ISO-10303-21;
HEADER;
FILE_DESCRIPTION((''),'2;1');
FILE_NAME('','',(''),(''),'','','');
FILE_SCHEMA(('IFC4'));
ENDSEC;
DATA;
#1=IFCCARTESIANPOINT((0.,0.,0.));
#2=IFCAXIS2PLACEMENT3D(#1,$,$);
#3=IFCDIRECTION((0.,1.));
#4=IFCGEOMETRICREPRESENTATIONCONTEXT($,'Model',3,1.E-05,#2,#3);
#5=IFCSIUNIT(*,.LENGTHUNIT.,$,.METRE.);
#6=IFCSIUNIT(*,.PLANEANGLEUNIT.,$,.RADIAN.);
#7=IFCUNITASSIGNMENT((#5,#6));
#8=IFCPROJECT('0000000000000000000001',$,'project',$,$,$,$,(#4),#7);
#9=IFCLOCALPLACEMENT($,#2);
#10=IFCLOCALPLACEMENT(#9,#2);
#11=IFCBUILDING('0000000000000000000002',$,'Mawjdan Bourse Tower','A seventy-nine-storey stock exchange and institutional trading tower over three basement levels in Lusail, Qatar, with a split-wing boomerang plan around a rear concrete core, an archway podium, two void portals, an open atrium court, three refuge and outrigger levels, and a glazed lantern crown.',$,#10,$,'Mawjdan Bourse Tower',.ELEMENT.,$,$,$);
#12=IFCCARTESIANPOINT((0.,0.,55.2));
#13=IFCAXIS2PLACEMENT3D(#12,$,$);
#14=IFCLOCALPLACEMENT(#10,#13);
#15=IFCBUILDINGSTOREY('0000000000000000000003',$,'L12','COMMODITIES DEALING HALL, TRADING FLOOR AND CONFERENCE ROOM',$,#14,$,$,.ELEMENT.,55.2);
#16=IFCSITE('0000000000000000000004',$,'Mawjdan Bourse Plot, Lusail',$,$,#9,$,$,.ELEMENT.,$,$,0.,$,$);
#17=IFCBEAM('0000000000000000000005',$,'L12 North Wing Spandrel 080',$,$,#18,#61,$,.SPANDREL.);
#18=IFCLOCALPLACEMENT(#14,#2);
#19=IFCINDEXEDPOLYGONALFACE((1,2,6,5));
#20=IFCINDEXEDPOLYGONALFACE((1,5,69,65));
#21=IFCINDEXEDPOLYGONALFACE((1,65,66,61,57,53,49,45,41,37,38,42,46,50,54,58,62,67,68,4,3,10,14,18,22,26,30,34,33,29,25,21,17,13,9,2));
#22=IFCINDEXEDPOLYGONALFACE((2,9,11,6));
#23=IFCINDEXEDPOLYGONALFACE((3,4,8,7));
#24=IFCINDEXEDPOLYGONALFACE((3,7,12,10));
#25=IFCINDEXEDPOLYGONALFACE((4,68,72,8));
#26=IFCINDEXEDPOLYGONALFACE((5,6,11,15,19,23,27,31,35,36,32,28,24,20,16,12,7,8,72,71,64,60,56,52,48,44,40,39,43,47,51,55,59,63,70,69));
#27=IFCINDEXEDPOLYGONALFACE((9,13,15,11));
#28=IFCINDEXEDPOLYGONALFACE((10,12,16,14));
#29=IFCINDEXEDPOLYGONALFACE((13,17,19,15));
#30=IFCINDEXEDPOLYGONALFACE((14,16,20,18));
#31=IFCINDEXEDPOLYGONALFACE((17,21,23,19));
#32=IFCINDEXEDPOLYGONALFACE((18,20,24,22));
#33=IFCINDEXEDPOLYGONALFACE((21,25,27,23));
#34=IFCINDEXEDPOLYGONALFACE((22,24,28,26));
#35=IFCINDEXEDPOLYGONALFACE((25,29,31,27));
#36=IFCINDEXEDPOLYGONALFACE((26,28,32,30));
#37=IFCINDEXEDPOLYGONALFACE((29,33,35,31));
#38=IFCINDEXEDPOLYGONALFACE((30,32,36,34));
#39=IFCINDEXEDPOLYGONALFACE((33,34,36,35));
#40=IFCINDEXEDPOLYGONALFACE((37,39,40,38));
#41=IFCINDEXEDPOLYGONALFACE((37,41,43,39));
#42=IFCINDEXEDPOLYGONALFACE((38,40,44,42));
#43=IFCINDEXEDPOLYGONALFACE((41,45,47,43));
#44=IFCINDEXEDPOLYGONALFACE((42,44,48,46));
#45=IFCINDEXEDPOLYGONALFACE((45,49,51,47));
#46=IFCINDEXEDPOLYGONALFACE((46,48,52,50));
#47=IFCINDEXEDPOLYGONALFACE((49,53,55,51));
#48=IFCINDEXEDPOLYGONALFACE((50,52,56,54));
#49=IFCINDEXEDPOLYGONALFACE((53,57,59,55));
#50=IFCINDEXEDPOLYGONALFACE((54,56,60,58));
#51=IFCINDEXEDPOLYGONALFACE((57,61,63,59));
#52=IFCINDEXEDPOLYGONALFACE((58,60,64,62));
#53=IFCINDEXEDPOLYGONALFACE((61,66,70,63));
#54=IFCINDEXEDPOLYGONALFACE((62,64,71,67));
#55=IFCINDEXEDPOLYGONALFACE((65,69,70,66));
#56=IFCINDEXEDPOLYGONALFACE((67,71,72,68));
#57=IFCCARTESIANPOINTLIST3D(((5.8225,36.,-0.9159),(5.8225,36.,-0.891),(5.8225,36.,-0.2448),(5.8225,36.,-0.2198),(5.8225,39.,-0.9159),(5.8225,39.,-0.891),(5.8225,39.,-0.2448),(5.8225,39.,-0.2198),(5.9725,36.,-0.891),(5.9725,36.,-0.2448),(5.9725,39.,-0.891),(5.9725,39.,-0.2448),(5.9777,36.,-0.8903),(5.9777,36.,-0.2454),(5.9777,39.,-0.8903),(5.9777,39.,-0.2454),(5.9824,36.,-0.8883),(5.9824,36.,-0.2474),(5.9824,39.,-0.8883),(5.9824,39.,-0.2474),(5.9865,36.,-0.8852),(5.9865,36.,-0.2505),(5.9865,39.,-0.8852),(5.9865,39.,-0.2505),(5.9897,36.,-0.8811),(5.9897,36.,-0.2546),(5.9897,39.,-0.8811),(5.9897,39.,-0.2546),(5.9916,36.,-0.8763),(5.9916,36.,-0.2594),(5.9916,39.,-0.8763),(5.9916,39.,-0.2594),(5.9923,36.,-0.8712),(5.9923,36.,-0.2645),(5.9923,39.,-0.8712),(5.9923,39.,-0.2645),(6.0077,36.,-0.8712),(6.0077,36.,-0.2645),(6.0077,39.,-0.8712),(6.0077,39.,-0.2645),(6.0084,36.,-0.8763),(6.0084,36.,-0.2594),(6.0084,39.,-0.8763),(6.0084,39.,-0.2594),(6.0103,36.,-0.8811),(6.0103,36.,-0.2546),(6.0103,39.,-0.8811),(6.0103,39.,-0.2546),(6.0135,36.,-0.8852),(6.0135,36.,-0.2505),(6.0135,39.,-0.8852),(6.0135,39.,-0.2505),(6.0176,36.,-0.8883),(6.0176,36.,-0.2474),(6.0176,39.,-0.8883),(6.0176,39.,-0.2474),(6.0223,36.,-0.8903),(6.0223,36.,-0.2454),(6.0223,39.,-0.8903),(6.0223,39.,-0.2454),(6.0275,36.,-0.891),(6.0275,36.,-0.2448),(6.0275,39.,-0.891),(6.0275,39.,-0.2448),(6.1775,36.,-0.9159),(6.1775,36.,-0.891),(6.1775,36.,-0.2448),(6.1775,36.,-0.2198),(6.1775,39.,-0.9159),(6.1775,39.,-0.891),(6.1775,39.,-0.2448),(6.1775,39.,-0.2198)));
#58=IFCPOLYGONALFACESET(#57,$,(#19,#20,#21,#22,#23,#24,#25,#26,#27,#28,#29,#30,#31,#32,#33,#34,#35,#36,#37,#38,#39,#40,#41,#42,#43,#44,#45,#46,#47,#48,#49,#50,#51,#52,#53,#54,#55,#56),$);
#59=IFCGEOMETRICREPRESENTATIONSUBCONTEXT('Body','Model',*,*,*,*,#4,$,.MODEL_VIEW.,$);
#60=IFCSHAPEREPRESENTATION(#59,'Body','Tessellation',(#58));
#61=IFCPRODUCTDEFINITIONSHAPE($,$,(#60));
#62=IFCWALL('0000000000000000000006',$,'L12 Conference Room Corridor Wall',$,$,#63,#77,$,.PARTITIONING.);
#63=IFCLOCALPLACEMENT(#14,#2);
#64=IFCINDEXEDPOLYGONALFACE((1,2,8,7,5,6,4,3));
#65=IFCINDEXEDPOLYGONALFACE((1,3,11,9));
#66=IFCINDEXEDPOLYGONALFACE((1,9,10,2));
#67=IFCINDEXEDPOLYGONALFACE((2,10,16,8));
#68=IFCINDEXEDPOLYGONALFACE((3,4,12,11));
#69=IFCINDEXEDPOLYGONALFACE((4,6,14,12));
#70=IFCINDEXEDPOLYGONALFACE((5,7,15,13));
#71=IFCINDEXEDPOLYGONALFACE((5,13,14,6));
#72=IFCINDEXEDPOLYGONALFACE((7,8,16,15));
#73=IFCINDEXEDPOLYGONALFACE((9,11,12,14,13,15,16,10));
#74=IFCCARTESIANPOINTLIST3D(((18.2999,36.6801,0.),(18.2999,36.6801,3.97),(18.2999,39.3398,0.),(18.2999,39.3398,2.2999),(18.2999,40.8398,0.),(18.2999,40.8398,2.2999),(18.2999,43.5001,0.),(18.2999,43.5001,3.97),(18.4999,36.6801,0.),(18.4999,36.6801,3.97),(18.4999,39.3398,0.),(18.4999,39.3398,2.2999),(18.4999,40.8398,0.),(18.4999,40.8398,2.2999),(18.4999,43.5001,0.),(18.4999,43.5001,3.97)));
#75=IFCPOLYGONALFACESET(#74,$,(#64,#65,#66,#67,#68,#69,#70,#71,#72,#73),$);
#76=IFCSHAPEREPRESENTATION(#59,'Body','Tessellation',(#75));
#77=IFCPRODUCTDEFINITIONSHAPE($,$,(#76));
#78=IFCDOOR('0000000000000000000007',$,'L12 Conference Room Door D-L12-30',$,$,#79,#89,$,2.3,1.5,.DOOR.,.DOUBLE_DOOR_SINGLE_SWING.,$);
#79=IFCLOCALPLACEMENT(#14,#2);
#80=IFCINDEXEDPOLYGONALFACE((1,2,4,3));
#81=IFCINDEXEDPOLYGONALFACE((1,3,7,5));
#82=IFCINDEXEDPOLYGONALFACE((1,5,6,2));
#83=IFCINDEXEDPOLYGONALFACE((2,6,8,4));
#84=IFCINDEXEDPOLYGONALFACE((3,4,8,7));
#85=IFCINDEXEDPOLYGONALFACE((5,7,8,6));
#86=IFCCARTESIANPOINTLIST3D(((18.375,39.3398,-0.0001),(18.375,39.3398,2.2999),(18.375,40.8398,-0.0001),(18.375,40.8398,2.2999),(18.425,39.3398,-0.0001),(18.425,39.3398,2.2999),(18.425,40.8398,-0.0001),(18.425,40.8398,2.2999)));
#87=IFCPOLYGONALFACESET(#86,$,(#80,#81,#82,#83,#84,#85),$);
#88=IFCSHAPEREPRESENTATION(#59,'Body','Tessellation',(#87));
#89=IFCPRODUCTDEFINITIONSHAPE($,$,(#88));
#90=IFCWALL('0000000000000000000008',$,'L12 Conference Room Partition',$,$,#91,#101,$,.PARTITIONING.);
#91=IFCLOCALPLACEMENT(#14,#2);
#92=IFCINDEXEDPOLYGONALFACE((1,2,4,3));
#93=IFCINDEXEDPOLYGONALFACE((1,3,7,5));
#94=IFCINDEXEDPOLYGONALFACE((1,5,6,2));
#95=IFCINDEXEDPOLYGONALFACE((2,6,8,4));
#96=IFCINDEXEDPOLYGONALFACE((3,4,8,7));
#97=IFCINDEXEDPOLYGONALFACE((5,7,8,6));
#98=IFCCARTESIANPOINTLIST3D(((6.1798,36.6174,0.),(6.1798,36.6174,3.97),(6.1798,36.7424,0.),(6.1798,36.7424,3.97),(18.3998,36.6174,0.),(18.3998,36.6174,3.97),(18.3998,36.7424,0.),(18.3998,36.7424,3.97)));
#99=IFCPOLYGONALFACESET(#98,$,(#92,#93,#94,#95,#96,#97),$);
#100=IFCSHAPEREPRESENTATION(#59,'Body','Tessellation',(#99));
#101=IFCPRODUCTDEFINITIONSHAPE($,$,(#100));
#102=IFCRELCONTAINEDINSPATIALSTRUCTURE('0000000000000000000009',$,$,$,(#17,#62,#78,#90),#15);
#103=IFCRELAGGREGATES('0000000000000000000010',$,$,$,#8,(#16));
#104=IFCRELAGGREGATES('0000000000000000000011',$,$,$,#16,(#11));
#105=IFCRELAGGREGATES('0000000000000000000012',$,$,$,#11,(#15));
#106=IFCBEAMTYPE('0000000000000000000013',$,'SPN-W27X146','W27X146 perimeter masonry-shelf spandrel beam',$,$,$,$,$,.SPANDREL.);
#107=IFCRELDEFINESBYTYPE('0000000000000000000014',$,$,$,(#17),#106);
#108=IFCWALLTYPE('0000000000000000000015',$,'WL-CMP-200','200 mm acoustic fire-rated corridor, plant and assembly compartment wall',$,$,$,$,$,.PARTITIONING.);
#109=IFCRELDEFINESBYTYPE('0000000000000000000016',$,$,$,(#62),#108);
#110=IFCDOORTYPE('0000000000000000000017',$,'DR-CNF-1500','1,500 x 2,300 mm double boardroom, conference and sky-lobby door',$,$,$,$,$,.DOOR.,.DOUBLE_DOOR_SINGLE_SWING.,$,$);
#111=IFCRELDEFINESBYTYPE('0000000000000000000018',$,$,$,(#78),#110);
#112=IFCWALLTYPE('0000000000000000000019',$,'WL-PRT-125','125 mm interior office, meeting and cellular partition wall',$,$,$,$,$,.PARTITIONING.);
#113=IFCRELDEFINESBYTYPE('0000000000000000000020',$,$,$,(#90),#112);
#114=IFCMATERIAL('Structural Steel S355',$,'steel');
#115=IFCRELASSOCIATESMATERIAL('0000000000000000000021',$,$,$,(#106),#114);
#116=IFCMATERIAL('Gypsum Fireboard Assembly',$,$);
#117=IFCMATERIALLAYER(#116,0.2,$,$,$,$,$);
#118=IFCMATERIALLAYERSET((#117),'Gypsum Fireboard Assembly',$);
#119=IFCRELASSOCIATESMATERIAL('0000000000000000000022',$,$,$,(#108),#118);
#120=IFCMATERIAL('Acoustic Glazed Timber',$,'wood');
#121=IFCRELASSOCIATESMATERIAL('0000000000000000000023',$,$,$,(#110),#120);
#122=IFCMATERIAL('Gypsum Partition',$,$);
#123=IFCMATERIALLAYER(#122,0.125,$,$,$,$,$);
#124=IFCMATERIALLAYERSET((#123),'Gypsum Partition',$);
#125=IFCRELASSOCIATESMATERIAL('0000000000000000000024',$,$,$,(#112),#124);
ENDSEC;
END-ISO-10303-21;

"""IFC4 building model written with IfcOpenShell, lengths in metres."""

from ifc_helpers import new_model, si_unit, direction, frame, frame_2d, origin, origin_2d, place, context, subcontext, project, spatial, rectangle, i_section, extrude, material, layer, layer_set, material_profile, profile_set, type_object, element, fill, save


model = new_model("IFC4")

# Units and contexts
model_context = context("Model", 3, precision=1e-05, world=origin(), true_north=direction((0.0, 1.0)))
body_context = subcontext(model_context, "Body", "Model", "MODEL_VIEW")
ifc_project = project(units=[si_unit("LENGTHUNIT", "METRE"), si_unit("PLANEANGLEUNIT", "RADIAN")], contexts=[model_context])

# Site, building, storey
site_placement = place(None, origin())
site = spatial("IfcSite", under=ifc_project, at=site_placement, Name="Mawjdan Bourse Plot, Lusail", CompositionType="ELEMENT", RefElevation=0.0)
building_placement = place(site_placement, origin())
building = spatial("IfcBuilding", under=site, at=building_placement, Name="Mawjdan Bourse Tower", Description="A seventy-nine-storey stock exchange and institutional trading tower over three basement levels in Lusail, Qatar, with a split-wing boomerang plan around a rear concrete core, an archway podium, two void portals, an open atrium court, three refuge and outrigger levels, and a glazed lantern crown.", LongName="Mawjdan Bourse Tower", CompositionType="ELEMENT")
storey_placement = place(building_placement, frame((0.0, 0.0, 55.2)))
storey = spatial("IfcBuildingStorey", under=building, at=storey_placement, Name="L12", Description="COMMODITIES DEALING HALL, TRADING FLOOR AND CONFERENCE ROOM", CompositionType="ELEMENT", Elevation=55.2)

# Beam
ifc_material_1 = material(Name="Structural Steel S355", Category="steel")
ifc_material_profile_1 = material_profile(ifc_material_1, i_section(OverallWidth=0.355, OverallDepth=0.696, WebThickness=0.0154, FlangeThickness=0.0249, FilletRadius=0.0198, at=origin_2d()), Name="W27X146")
ifc_profile_set_1 = profile_set([ifc_material_profile_1], Name="Structural Steel S355")
beam_type_1 = type_object("IfcBeamType", Name="SPN-W27X146", Description="W27X146 perimeter masonry-shelf spandrel beam", PredefinedType="SPANDREL", material=ifc_profile_set_1)
beam_1_placement = place(storey_placement, frame((6.0, 36.0, -0.5679), z_axis=(0.0, 1.0, 0.0), x_axis=(-1.0, 0.0, 0.0)))
element("IfcBeam", 1, at=beam_1_placement, inside=storey, type_object=beam_type_1, Name="L12 North Wing Spandrel 080", PredefinedType="SPANDREL", context=body_context, shape_type="SweptSolid", body=[
    extrude(i_section(OverallWidth=0.355, OverallDepth=0.696, WebThickness=0.0154, FlangeThickness=0.0249, FilletRadius=0.0198, at=origin_2d()), origin(), (0.0, 0.0, 1.0), 3.0),
])

# Wall, opening, door
ifc_material_2 = material(Name="Gypsum Fireboard Assembly")
ifc_layer_1 = layer(ifc_material_2, 0.2)
ifc_layer_set_1 = layer_set([ifc_layer_1], Name="Gypsum Fireboard Assembly")
wall_type_1 = type_object("IfcWallType", Name="WL-CMP-200", Description="200 mm acoustic fire-rated corridor, plant and assembly compartment wall", PredefinedType="PARTITIONING", material=ifc_layer_set_1)
wall_1_placement = place(storey_placement, frame((18.3999, 36.6799, 0.0), z_axis=(0.0, 0.0, 1.0), x_axis=(0.0, 1.0, 0.0)))
wall_1 = element("IfcWall", 2, at=wall_1_placement, inside=storey, type_object=wall_type_1, Name="L12 Conference Room Corridor Wall", PredefinedType="PARTITIONING", context=body_context, shape_type="SweptSolid", body=[
    extrude(rectangle(XDim=6.8201, YDim=0.2, at=frame_2d((3.4102, 0.0))), origin(), (0.0, 0.0, 1.0), 3.97),
])
opening_placement = place(wall_1_placement, frame((2.6599, 0.0, 0.0)))
opening = element("IfcOpeningElement", 3, at=opening_placement, cuts=wall_1, PredefinedType="OPENING", context=body_context, shape_type="SweptSolid", body=[
    extrude(rectangle(XDim=1.5, YDim=2.3, at=frame_2d((0.75, 1.1499))), frame((0.0, 0.1099, 0.0), z_axis=(0.0, -1.0, 0.0), x_axis=(1.0, 0.0, 0.0)), (0.0, 0.0, 1.0), 0.22),
])
ifc_material_3 = material(Name="Acoustic Glazed Timber", Category="wood")
door_type = type_object("IfcDoorType", Name="DR-CNF-1500", Description="1,500 x 2,300 mm double boardroom, conference and sky-lobby door", OperationType="DOUBLE_DOOR_SINGLE_SWING", PredefinedType="DOOR", material=ifc_material_3)
door_placement = place(opening_placement, origin())
door = element("IfcDoor", 4, at=door_placement, inside=storey, type_object=door_type, Name="L12 Conference Room Door D-L12-30", OperationType="DOUBLE_DOOR_SINGLE_SWING", OverallHeight=2.3, OverallWidth=1.5, PredefinedType="DOOR", context=body_context, shape_type="SweptSolid", body=[
    extrude(rectangle(XDim=1.5, YDim=2.3, at=frame_2d((0.75, 1.1499))), frame((0.0, 0.0249, 0.0), z_axis=(0.0, -1.0, 0.0), x_axis=(1.0, 0.0, 0.0)), (0.0, 0.0, 1.0), 0.05),
])
fill(opening, door)

# Wall
ifc_material_4 = material(Name="Gypsum Partition")
ifc_layer_2 = layer(ifc_material_4, 0.125)
ifc_layer_set_2 = layer_set([ifc_layer_2], Name="Gypsum Partition")
wall_type_2 = type_object("IfcWallType", Name="WL-PRT-125", Description="125 mm interior office, meeting and cellular partition wall", PredefinedType="PARTITIONING", material=ifc_layer_set_2)
wall_2_placement = place(storey_placement, frame((6.1799, 36.6799, 0.0), z_axis=(0.0, 0.0, 1.0), x_axis=(1.0, 0.0, 0.0)))
element("IfcWall", 5, at=wall_2_placement, inside=storey, type_object=wall_type_2, Name="L12 Conference Room Partition", PredefinedType="PARTITIONING", context=body_context, shape_type="SweptSolid", body=[
    extrude(rectangle(XDim=12.22, YDim=0.125, at=frame_2d((6.1099, 0.0))), origin(), (0.0, 0.0, 1.0), 3.97),
])

save(model, "model.ifc")
